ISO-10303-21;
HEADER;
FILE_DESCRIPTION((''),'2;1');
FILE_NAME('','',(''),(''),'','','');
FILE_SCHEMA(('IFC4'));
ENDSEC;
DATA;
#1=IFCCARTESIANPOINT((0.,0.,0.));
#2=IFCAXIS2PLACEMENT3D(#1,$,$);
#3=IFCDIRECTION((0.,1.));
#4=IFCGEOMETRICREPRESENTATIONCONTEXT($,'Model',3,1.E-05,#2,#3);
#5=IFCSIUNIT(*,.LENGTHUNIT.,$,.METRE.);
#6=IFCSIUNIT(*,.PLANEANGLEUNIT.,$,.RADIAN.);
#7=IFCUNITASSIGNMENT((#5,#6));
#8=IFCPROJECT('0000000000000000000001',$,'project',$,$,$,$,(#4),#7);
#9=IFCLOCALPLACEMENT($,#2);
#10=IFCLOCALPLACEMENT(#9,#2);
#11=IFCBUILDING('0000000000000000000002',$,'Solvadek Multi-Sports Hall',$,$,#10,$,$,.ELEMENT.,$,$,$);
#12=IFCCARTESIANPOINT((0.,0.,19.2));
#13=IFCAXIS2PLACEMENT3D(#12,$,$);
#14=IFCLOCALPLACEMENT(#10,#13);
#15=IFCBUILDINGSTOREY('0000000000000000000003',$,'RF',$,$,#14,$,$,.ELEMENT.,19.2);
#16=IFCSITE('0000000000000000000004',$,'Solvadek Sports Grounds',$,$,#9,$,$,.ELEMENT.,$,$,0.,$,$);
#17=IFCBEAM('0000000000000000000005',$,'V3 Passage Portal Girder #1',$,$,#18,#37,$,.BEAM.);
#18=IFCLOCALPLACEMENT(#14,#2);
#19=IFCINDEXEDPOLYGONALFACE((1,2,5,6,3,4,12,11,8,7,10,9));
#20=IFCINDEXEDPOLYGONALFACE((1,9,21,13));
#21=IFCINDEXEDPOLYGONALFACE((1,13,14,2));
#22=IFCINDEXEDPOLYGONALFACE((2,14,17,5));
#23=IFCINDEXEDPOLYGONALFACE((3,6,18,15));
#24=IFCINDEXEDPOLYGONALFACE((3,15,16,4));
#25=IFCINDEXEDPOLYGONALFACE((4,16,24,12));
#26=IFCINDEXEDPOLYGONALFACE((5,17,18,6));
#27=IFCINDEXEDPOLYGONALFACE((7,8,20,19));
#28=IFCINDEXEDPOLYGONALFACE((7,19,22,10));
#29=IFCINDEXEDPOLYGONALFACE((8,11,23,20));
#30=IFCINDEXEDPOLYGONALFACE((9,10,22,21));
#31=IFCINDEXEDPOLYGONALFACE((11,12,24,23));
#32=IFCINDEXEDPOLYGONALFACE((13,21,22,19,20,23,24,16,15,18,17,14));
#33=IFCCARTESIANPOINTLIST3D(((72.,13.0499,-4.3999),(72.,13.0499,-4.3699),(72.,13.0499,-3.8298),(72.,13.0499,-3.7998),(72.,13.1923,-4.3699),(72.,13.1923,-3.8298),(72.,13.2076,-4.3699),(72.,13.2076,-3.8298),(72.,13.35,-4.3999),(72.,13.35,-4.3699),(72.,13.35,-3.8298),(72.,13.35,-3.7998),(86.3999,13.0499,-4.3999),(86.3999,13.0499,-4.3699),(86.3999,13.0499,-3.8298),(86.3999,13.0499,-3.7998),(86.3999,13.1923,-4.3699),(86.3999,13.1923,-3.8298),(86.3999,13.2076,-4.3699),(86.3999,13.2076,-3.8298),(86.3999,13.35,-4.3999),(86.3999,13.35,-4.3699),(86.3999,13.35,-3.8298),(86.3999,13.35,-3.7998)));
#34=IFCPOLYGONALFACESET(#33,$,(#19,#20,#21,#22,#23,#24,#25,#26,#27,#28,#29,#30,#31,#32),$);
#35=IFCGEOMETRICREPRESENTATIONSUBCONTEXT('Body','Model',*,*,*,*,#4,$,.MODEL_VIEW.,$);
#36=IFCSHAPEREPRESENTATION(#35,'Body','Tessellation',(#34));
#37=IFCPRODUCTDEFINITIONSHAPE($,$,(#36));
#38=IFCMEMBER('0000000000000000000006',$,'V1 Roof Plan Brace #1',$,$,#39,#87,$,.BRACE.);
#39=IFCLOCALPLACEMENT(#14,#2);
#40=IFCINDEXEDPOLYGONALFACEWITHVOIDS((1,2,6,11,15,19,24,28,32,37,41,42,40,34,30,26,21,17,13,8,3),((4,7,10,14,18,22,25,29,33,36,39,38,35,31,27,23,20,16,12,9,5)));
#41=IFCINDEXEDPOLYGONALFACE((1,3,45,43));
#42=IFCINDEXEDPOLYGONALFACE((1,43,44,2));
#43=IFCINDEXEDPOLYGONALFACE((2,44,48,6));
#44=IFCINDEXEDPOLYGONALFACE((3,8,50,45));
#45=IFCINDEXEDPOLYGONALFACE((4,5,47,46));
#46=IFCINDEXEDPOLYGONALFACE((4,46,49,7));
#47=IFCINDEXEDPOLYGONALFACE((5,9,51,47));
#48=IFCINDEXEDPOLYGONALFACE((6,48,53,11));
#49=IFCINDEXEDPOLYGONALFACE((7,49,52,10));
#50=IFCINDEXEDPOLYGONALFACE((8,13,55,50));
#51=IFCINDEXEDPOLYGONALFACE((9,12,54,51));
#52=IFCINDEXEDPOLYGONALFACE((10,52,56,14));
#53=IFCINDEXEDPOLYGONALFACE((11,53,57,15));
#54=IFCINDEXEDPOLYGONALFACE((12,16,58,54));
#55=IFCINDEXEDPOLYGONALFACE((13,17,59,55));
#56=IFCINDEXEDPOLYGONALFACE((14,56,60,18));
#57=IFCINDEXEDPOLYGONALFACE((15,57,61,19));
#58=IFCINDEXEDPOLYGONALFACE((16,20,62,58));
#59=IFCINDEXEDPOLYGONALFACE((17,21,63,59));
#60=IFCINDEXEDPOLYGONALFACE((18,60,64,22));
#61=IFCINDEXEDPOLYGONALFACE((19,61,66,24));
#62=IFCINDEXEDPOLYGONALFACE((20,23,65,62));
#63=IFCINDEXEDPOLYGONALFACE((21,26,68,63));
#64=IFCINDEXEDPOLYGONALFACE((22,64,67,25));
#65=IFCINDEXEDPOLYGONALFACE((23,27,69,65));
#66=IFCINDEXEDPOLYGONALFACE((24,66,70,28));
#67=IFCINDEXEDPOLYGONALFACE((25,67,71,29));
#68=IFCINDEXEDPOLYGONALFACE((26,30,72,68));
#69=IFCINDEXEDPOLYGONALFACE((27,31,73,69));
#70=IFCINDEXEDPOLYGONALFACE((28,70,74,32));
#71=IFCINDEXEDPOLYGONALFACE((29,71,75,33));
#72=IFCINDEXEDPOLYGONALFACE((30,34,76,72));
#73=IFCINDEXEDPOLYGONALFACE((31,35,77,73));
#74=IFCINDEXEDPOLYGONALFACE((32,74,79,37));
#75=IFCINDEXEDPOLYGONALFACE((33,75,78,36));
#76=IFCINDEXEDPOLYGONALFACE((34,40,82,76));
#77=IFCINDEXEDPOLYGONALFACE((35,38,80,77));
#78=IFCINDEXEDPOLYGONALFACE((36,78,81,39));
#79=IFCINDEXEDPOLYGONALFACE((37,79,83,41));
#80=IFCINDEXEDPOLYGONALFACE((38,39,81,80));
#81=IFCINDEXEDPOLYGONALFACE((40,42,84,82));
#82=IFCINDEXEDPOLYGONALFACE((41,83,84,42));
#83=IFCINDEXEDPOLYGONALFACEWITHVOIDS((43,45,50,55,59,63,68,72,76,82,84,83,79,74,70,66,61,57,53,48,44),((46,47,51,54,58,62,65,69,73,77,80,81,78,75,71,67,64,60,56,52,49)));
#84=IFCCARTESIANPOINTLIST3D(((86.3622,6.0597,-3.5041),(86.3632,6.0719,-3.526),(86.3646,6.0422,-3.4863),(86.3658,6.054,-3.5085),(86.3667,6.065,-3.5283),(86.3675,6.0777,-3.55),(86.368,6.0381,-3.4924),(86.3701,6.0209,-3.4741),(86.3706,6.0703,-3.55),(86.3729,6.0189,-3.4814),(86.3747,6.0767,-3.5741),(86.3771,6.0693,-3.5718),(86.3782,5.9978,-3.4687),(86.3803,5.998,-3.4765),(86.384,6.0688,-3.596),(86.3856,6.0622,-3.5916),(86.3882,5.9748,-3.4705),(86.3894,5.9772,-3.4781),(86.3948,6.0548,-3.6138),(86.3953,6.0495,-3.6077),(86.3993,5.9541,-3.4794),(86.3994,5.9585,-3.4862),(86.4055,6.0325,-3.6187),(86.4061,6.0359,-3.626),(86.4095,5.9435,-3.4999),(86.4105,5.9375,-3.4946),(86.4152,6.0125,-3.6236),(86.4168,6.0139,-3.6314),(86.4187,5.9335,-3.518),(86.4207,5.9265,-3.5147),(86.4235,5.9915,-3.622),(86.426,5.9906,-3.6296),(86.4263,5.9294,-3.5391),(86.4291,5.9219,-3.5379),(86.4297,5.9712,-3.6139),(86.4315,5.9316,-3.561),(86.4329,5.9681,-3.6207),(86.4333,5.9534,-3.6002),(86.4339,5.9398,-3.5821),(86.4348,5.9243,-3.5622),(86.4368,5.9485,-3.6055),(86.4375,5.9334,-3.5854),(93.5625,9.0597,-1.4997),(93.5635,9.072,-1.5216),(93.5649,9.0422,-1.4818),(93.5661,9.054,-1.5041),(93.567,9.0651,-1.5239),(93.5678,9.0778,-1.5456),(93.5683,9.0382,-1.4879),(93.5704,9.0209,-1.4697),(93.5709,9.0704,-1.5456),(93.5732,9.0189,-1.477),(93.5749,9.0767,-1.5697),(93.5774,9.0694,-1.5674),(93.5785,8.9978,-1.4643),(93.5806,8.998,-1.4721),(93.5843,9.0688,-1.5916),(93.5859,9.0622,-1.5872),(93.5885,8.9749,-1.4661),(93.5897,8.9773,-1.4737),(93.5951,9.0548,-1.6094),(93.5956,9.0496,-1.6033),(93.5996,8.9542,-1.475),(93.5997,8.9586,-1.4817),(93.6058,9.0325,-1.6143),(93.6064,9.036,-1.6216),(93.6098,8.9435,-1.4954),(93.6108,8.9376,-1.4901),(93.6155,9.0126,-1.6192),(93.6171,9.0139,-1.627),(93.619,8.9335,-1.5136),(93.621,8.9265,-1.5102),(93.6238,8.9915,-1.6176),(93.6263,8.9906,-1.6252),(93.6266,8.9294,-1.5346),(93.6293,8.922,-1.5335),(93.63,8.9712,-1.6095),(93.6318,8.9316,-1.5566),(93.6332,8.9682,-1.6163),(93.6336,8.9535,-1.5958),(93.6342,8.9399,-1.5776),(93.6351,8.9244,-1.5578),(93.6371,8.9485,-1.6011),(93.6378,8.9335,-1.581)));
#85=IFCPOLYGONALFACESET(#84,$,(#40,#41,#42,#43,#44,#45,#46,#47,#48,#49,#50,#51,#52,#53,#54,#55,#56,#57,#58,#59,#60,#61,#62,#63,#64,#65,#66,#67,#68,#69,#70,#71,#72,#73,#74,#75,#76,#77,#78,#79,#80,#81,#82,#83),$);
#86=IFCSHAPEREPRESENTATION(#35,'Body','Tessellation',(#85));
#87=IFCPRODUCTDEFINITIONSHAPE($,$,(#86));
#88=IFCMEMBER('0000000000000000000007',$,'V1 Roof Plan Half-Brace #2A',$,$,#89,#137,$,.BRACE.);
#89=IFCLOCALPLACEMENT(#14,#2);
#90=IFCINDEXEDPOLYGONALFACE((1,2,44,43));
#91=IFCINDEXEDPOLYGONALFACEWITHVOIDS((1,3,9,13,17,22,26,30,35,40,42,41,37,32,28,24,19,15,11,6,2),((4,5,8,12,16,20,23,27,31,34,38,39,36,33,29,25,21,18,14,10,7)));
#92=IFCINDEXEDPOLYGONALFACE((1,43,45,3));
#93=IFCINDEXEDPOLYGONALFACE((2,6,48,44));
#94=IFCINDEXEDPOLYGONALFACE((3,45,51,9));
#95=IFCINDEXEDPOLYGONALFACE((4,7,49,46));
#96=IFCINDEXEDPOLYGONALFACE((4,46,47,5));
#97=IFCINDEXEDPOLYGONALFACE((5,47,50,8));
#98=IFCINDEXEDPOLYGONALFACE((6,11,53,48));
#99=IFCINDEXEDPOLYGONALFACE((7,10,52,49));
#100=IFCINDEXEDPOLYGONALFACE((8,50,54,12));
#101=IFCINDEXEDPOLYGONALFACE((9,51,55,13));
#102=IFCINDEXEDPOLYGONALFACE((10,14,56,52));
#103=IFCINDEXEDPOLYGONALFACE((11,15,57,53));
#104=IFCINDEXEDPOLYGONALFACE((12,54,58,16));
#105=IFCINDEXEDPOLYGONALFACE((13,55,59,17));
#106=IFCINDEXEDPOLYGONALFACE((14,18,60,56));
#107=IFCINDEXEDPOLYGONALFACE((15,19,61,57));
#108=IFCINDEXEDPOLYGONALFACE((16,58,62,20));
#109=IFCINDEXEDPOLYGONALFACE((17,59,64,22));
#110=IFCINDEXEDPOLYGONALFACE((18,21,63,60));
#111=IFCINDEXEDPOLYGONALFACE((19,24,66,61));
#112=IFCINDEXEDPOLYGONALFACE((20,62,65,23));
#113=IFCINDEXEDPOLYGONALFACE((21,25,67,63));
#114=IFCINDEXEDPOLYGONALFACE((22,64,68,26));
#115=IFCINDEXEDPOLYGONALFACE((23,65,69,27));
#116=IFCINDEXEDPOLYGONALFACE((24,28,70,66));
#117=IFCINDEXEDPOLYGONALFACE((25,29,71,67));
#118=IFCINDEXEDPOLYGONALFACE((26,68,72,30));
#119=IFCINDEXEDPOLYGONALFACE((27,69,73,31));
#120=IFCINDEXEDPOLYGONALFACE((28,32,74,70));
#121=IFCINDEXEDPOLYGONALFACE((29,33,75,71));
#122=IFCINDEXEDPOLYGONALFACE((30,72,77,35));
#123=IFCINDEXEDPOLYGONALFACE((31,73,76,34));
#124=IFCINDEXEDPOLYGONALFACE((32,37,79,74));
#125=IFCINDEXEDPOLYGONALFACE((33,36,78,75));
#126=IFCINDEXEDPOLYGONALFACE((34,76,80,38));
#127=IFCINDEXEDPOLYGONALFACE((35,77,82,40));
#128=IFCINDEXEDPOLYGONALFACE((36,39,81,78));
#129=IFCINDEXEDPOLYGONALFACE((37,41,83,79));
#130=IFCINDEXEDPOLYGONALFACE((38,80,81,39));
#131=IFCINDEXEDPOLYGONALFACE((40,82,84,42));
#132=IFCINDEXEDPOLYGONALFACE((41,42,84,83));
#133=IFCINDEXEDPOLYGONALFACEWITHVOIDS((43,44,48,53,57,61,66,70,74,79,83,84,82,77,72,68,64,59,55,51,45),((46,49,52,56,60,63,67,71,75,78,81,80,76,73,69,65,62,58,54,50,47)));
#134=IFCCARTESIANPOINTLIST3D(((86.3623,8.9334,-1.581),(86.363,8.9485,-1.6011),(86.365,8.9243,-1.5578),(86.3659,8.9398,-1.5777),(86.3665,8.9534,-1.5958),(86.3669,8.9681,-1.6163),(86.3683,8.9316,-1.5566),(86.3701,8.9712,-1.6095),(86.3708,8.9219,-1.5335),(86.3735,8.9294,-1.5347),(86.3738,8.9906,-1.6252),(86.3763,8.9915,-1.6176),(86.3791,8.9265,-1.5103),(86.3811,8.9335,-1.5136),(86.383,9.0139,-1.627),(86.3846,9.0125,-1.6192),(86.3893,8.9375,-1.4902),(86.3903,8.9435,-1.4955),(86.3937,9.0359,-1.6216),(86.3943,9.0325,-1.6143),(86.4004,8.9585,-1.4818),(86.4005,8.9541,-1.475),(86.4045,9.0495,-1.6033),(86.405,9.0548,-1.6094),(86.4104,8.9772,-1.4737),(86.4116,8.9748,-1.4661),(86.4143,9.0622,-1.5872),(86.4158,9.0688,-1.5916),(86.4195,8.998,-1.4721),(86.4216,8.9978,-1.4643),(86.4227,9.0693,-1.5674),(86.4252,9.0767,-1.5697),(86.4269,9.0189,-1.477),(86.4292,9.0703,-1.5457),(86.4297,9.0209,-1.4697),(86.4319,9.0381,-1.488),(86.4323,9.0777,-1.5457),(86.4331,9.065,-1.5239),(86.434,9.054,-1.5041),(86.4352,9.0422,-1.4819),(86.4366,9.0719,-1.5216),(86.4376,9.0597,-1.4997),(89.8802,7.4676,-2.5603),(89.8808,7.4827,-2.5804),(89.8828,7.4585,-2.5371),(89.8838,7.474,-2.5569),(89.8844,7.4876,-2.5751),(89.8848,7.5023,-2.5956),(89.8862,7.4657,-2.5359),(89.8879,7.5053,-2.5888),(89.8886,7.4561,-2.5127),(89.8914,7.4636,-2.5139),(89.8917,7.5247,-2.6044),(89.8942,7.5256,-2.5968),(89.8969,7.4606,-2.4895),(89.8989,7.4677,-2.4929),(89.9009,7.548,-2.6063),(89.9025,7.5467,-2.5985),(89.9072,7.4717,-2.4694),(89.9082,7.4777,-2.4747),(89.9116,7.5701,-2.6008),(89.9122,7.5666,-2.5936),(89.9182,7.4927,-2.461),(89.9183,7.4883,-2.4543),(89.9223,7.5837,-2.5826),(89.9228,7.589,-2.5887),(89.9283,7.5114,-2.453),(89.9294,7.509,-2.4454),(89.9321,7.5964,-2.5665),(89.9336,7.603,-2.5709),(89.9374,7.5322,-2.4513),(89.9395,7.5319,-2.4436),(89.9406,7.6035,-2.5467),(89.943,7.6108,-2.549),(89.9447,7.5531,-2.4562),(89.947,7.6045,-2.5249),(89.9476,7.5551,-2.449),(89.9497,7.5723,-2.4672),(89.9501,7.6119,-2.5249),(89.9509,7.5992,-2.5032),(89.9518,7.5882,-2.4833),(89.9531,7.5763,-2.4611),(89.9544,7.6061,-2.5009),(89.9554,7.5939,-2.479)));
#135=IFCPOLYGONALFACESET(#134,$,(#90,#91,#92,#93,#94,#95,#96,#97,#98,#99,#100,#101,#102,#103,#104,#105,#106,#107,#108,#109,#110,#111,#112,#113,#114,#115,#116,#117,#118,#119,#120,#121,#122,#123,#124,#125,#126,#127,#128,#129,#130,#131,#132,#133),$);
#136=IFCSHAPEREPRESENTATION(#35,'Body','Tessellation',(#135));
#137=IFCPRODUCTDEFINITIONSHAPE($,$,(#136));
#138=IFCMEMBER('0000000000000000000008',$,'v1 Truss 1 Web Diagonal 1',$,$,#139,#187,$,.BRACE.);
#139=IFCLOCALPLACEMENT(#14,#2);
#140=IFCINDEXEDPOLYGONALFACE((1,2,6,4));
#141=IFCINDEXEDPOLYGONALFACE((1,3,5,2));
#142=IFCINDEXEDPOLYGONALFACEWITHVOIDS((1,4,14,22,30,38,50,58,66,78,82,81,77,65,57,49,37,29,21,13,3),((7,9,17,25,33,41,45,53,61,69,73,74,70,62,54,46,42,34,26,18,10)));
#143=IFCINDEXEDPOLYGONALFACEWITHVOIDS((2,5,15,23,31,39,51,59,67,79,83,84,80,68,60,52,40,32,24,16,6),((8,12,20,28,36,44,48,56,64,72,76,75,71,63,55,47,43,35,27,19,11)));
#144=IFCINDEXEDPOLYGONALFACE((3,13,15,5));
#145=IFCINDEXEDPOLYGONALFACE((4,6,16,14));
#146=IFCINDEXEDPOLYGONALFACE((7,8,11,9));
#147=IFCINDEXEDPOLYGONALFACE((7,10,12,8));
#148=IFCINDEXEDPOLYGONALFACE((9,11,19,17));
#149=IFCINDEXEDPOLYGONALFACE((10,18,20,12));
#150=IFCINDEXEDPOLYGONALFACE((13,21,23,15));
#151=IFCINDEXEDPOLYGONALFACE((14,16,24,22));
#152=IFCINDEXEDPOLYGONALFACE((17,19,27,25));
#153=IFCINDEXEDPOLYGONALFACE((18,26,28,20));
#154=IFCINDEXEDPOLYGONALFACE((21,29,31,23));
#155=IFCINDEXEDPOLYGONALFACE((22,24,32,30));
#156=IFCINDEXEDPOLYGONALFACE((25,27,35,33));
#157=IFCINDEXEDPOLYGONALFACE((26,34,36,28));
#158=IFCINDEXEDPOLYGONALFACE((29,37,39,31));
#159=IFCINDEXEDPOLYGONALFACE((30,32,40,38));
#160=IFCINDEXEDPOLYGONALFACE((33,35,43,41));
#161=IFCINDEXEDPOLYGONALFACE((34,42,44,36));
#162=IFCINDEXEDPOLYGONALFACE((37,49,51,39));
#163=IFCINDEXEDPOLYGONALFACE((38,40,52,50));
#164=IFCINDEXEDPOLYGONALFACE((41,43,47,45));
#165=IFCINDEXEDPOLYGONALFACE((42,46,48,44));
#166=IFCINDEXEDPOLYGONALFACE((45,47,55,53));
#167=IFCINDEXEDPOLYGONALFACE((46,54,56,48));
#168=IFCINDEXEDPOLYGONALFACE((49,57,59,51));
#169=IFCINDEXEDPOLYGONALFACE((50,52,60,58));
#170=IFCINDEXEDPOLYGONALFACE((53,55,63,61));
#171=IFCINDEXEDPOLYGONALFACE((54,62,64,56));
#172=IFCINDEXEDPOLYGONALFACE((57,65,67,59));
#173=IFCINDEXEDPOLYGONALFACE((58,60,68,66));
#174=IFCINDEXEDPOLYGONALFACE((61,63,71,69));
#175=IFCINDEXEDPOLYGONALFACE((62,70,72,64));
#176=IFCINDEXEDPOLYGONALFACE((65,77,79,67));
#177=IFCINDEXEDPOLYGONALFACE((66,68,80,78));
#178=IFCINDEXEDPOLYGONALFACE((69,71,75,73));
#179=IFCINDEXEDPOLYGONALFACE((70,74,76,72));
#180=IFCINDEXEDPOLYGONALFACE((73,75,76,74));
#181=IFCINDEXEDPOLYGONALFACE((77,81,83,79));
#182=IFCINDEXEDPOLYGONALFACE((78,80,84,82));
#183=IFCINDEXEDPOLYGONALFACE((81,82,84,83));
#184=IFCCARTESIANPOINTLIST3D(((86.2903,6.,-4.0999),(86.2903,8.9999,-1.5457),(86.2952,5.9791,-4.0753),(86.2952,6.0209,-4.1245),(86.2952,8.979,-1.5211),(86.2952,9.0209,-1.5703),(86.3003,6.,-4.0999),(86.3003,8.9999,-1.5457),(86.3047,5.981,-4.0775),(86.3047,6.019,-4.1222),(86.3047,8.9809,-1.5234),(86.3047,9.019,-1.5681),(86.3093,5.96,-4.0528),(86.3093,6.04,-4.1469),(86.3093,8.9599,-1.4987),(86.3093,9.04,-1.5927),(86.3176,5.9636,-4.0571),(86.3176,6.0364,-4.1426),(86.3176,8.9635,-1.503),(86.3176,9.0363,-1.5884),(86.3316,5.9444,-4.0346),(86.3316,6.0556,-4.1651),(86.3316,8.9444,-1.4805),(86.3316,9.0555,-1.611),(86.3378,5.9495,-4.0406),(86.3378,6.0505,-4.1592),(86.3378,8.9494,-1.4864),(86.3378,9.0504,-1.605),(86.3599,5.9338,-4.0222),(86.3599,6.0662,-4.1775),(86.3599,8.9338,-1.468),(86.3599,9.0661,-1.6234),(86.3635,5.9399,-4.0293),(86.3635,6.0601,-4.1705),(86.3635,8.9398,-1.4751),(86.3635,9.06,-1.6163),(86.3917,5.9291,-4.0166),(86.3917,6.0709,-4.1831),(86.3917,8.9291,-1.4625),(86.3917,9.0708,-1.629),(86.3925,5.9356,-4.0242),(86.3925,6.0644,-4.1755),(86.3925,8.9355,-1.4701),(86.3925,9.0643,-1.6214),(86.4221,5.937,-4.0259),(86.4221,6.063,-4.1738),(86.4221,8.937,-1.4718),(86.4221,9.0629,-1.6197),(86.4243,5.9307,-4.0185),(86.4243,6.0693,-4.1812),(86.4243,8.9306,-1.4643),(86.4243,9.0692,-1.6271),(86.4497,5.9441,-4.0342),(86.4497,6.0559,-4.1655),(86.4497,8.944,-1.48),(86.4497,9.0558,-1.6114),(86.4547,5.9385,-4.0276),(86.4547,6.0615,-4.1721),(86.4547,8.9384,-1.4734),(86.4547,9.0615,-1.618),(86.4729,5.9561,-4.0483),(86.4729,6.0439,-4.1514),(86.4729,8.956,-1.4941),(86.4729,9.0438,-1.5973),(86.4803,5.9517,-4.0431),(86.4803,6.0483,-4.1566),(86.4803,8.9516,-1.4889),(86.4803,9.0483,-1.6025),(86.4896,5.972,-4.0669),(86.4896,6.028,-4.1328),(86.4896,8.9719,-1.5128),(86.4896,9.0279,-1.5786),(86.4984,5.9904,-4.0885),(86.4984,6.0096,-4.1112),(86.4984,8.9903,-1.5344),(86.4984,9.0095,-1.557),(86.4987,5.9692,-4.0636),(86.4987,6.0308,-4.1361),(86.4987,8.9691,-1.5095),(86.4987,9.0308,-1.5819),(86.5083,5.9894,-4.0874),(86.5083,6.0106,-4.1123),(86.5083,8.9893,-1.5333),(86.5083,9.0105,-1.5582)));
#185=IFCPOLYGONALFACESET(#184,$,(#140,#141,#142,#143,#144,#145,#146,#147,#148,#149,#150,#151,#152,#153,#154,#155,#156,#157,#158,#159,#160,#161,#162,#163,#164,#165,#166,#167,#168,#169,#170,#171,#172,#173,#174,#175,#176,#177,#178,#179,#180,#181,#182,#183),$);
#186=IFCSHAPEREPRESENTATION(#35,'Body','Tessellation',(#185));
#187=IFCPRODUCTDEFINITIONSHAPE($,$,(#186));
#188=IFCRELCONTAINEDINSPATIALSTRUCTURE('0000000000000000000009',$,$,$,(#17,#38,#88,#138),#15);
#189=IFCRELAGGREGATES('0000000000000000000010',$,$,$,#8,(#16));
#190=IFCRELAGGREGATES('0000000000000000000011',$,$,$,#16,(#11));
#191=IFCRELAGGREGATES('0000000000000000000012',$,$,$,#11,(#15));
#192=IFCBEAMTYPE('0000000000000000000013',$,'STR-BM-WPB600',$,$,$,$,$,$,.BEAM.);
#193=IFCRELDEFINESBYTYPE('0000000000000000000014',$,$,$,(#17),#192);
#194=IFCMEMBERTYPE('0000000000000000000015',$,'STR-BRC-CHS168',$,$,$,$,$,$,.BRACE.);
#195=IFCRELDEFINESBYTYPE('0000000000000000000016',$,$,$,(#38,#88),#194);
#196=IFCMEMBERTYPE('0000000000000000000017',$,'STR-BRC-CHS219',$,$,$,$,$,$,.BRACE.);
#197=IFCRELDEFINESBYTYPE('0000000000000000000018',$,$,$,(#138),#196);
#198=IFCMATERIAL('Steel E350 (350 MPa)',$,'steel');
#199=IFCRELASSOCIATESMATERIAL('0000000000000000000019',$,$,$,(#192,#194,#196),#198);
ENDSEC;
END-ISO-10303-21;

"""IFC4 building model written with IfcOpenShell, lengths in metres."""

from ifc_helpers import new_model, si_unit, direction, frame, origin, origin_2d, place, context, subcontext, project, spatial, hollow_circle, i_section, extrude, material, material_profile, profile_set, type_object, element, save


model = new_model("IFC4")

# Units and contexts
model_context = context("Model", 3, precision=1e-05, world=origin(), true_north=direction((0.0, 1.0)))
body_context = subcontext(model_context, "Body", "Model", "MODEL_VIEW")
ifc_project = project(units=[si_unit("LENGTHUNIT", "METRE"), si_unit("PLANEANGLEUNIT", "RADIAN")], contexts=[model_context])

# Site, building, storey
site_placement = place(None, origin())
site = spatial("IfcSite", under=ifc_project, at=site_placement, Name="Solvadek Sports Grounds", CompositionType="ELEMENT", RefElevation=0.0)
building_placement = place(site_placement, origin())
building = spatial("IfcBuilding", under=site, at=building_placement, Name="Solvadek Multi-Sports Hall", CompositionType="ELEMENT")
storey_placement = place(building_placement, frame((0.0, 0.0, 19.2)))
storey = spatial("IfcBuildingStorey", under=building, at=storey_placement, Name="RF", CompositionType="ELEMENT", Elevation=19.2)

# Beam
ifc_material_1 = material(Name="Steel E350 (350 MPa)", Category="steel")
ifc_material_profile_1 = material_profile(ifc_material_1, i_section(OverallWidth=0.3, OverallDepth=0.6001, WebThickness=0.0154, FlangeThickness=0.03, at=origin_2d()), Name="WPB 600")
ifc_profile_set_1 = profile_set([ifc_material_profile_1], Name="Steel E350 (350 MPa)")
beam_type_1 = type_object("IfcBeamType", Name="STR-BM-WPB600", PredefinedType="BEAM", material=ifc_profile_set_1)
beam_1_placement = place(storey_placement, frame((72.0, 13.2, -4.0999), z_axis=(1.0, 0.0, 0.0), x_axis=(0.0, 1.0, 0.0)))
element("IfcBeam", 1, at=beam_1_placement, inside=storey, type_object=beam_type_1, Name="V3 Passage Portal Girder #1", PredefinedType="BEAM", context=body_context, shape_type="SweptSolid", body=[
    extrude(i_section(OverallWidth=0.3, OverallDepth=0.6001, WebThickness=0.0154, FlangeThickness=0.03, at=origin_2d()), origin(), (0.0, 0.0, 1.0), 14.3999),
])

# Members
ifc_material_profile_2 = material_profile(ifc_material_1, hollow_circle(Radius=0.0842, WallThickness=0.0081, at=origin_2d()), Name="CHS 168.3x8")
ifc_profile_set_2 = profile_set([ifc_material_profile_2], Name="Steel E350 (350 MPa)")
member_type_1 = type_object("IfcMemberType", Name="STR-BRC-CHS168", PredefinedType="BRACE", material=ifc_profile_set_2)
member_1_placement = place(storey_placement, frame((86.3999, 6.0, -3.55), z_axis=(0.894035, 0.372504, 0.248882), x_axis=(-0.384606, 0.923081, 0.0)))
element("IfcMember", 2, at=member_1_placement, inside=storey, type_object=member_type_1, Name="V1 Roof Plan Brace #1", PredefinedType="BRACE", context=body_context, shape_type="SweptSolid", body=[
    extrude(hollow_circle(Radius=0.0842, WallThickness=0.0081, at=origin_2d()), origin(), (0.0, 0.0, 1.0), 8.0537),
])
member_2_placement = place(storey_placement, frame((86.3999, 9.0, -1.5457), z_axis=(0.894029, -0.372528, -0.248869), x_axis=(0.384629, 0.923071, 0.0)))
element("IfcMember", 3, at=member_2_placement, inside=storey, type_object=member_type_1, Name="V1 Roof Plan Half-Brace #2A", PredefinedType="BRACE", context=body_context, shape_type="SweptSolid", body=[
    extrude(hollow_circle(Radius=0.0842, WallThickness=0.0081, at=origin_2d()), origin(), (0.0, 0.0, 1.0), 3.9348),
])
ifc_material_profile_3 = material_profile(ifc_material_1, hollow_circle(Radius=0.1096, WallThickness=0.01, at=origin_2d()), Name="CHS 219.1x10")
ifc_profile_set_3 = profile_set([ifc_material_profile_3], Name="Steel E350 (350 MPa)")
member_type_2 = type_object("IfcMemberType", Name="STR-BRC-CHS219", PredefinedType="BRACE", material=ifc_profile_set_3)
member_3_placement = place(storey_placement, frame((86.3999, 6.0, -4.0999), z_axis=(0.0, 0.761413, 0.648267), x_axis=(-1.0, 0.0, 0.0)))
element("IfcMember", 4, at=member_3_placement, inside=storey, type_object=member_type_2, Name="v1 Truss 1 Web Diagonal 1", PredefinedType="BRACE", context=body_context, shape_type="SweptSolid", body=[
    extrude(hollow_circle(Radius=0.1096, WallThickness=0.01, at=origin_2d()), origin(), (0.0, 0.0, 1.0), 3.9399),
])

save(model, "model.ifc")
